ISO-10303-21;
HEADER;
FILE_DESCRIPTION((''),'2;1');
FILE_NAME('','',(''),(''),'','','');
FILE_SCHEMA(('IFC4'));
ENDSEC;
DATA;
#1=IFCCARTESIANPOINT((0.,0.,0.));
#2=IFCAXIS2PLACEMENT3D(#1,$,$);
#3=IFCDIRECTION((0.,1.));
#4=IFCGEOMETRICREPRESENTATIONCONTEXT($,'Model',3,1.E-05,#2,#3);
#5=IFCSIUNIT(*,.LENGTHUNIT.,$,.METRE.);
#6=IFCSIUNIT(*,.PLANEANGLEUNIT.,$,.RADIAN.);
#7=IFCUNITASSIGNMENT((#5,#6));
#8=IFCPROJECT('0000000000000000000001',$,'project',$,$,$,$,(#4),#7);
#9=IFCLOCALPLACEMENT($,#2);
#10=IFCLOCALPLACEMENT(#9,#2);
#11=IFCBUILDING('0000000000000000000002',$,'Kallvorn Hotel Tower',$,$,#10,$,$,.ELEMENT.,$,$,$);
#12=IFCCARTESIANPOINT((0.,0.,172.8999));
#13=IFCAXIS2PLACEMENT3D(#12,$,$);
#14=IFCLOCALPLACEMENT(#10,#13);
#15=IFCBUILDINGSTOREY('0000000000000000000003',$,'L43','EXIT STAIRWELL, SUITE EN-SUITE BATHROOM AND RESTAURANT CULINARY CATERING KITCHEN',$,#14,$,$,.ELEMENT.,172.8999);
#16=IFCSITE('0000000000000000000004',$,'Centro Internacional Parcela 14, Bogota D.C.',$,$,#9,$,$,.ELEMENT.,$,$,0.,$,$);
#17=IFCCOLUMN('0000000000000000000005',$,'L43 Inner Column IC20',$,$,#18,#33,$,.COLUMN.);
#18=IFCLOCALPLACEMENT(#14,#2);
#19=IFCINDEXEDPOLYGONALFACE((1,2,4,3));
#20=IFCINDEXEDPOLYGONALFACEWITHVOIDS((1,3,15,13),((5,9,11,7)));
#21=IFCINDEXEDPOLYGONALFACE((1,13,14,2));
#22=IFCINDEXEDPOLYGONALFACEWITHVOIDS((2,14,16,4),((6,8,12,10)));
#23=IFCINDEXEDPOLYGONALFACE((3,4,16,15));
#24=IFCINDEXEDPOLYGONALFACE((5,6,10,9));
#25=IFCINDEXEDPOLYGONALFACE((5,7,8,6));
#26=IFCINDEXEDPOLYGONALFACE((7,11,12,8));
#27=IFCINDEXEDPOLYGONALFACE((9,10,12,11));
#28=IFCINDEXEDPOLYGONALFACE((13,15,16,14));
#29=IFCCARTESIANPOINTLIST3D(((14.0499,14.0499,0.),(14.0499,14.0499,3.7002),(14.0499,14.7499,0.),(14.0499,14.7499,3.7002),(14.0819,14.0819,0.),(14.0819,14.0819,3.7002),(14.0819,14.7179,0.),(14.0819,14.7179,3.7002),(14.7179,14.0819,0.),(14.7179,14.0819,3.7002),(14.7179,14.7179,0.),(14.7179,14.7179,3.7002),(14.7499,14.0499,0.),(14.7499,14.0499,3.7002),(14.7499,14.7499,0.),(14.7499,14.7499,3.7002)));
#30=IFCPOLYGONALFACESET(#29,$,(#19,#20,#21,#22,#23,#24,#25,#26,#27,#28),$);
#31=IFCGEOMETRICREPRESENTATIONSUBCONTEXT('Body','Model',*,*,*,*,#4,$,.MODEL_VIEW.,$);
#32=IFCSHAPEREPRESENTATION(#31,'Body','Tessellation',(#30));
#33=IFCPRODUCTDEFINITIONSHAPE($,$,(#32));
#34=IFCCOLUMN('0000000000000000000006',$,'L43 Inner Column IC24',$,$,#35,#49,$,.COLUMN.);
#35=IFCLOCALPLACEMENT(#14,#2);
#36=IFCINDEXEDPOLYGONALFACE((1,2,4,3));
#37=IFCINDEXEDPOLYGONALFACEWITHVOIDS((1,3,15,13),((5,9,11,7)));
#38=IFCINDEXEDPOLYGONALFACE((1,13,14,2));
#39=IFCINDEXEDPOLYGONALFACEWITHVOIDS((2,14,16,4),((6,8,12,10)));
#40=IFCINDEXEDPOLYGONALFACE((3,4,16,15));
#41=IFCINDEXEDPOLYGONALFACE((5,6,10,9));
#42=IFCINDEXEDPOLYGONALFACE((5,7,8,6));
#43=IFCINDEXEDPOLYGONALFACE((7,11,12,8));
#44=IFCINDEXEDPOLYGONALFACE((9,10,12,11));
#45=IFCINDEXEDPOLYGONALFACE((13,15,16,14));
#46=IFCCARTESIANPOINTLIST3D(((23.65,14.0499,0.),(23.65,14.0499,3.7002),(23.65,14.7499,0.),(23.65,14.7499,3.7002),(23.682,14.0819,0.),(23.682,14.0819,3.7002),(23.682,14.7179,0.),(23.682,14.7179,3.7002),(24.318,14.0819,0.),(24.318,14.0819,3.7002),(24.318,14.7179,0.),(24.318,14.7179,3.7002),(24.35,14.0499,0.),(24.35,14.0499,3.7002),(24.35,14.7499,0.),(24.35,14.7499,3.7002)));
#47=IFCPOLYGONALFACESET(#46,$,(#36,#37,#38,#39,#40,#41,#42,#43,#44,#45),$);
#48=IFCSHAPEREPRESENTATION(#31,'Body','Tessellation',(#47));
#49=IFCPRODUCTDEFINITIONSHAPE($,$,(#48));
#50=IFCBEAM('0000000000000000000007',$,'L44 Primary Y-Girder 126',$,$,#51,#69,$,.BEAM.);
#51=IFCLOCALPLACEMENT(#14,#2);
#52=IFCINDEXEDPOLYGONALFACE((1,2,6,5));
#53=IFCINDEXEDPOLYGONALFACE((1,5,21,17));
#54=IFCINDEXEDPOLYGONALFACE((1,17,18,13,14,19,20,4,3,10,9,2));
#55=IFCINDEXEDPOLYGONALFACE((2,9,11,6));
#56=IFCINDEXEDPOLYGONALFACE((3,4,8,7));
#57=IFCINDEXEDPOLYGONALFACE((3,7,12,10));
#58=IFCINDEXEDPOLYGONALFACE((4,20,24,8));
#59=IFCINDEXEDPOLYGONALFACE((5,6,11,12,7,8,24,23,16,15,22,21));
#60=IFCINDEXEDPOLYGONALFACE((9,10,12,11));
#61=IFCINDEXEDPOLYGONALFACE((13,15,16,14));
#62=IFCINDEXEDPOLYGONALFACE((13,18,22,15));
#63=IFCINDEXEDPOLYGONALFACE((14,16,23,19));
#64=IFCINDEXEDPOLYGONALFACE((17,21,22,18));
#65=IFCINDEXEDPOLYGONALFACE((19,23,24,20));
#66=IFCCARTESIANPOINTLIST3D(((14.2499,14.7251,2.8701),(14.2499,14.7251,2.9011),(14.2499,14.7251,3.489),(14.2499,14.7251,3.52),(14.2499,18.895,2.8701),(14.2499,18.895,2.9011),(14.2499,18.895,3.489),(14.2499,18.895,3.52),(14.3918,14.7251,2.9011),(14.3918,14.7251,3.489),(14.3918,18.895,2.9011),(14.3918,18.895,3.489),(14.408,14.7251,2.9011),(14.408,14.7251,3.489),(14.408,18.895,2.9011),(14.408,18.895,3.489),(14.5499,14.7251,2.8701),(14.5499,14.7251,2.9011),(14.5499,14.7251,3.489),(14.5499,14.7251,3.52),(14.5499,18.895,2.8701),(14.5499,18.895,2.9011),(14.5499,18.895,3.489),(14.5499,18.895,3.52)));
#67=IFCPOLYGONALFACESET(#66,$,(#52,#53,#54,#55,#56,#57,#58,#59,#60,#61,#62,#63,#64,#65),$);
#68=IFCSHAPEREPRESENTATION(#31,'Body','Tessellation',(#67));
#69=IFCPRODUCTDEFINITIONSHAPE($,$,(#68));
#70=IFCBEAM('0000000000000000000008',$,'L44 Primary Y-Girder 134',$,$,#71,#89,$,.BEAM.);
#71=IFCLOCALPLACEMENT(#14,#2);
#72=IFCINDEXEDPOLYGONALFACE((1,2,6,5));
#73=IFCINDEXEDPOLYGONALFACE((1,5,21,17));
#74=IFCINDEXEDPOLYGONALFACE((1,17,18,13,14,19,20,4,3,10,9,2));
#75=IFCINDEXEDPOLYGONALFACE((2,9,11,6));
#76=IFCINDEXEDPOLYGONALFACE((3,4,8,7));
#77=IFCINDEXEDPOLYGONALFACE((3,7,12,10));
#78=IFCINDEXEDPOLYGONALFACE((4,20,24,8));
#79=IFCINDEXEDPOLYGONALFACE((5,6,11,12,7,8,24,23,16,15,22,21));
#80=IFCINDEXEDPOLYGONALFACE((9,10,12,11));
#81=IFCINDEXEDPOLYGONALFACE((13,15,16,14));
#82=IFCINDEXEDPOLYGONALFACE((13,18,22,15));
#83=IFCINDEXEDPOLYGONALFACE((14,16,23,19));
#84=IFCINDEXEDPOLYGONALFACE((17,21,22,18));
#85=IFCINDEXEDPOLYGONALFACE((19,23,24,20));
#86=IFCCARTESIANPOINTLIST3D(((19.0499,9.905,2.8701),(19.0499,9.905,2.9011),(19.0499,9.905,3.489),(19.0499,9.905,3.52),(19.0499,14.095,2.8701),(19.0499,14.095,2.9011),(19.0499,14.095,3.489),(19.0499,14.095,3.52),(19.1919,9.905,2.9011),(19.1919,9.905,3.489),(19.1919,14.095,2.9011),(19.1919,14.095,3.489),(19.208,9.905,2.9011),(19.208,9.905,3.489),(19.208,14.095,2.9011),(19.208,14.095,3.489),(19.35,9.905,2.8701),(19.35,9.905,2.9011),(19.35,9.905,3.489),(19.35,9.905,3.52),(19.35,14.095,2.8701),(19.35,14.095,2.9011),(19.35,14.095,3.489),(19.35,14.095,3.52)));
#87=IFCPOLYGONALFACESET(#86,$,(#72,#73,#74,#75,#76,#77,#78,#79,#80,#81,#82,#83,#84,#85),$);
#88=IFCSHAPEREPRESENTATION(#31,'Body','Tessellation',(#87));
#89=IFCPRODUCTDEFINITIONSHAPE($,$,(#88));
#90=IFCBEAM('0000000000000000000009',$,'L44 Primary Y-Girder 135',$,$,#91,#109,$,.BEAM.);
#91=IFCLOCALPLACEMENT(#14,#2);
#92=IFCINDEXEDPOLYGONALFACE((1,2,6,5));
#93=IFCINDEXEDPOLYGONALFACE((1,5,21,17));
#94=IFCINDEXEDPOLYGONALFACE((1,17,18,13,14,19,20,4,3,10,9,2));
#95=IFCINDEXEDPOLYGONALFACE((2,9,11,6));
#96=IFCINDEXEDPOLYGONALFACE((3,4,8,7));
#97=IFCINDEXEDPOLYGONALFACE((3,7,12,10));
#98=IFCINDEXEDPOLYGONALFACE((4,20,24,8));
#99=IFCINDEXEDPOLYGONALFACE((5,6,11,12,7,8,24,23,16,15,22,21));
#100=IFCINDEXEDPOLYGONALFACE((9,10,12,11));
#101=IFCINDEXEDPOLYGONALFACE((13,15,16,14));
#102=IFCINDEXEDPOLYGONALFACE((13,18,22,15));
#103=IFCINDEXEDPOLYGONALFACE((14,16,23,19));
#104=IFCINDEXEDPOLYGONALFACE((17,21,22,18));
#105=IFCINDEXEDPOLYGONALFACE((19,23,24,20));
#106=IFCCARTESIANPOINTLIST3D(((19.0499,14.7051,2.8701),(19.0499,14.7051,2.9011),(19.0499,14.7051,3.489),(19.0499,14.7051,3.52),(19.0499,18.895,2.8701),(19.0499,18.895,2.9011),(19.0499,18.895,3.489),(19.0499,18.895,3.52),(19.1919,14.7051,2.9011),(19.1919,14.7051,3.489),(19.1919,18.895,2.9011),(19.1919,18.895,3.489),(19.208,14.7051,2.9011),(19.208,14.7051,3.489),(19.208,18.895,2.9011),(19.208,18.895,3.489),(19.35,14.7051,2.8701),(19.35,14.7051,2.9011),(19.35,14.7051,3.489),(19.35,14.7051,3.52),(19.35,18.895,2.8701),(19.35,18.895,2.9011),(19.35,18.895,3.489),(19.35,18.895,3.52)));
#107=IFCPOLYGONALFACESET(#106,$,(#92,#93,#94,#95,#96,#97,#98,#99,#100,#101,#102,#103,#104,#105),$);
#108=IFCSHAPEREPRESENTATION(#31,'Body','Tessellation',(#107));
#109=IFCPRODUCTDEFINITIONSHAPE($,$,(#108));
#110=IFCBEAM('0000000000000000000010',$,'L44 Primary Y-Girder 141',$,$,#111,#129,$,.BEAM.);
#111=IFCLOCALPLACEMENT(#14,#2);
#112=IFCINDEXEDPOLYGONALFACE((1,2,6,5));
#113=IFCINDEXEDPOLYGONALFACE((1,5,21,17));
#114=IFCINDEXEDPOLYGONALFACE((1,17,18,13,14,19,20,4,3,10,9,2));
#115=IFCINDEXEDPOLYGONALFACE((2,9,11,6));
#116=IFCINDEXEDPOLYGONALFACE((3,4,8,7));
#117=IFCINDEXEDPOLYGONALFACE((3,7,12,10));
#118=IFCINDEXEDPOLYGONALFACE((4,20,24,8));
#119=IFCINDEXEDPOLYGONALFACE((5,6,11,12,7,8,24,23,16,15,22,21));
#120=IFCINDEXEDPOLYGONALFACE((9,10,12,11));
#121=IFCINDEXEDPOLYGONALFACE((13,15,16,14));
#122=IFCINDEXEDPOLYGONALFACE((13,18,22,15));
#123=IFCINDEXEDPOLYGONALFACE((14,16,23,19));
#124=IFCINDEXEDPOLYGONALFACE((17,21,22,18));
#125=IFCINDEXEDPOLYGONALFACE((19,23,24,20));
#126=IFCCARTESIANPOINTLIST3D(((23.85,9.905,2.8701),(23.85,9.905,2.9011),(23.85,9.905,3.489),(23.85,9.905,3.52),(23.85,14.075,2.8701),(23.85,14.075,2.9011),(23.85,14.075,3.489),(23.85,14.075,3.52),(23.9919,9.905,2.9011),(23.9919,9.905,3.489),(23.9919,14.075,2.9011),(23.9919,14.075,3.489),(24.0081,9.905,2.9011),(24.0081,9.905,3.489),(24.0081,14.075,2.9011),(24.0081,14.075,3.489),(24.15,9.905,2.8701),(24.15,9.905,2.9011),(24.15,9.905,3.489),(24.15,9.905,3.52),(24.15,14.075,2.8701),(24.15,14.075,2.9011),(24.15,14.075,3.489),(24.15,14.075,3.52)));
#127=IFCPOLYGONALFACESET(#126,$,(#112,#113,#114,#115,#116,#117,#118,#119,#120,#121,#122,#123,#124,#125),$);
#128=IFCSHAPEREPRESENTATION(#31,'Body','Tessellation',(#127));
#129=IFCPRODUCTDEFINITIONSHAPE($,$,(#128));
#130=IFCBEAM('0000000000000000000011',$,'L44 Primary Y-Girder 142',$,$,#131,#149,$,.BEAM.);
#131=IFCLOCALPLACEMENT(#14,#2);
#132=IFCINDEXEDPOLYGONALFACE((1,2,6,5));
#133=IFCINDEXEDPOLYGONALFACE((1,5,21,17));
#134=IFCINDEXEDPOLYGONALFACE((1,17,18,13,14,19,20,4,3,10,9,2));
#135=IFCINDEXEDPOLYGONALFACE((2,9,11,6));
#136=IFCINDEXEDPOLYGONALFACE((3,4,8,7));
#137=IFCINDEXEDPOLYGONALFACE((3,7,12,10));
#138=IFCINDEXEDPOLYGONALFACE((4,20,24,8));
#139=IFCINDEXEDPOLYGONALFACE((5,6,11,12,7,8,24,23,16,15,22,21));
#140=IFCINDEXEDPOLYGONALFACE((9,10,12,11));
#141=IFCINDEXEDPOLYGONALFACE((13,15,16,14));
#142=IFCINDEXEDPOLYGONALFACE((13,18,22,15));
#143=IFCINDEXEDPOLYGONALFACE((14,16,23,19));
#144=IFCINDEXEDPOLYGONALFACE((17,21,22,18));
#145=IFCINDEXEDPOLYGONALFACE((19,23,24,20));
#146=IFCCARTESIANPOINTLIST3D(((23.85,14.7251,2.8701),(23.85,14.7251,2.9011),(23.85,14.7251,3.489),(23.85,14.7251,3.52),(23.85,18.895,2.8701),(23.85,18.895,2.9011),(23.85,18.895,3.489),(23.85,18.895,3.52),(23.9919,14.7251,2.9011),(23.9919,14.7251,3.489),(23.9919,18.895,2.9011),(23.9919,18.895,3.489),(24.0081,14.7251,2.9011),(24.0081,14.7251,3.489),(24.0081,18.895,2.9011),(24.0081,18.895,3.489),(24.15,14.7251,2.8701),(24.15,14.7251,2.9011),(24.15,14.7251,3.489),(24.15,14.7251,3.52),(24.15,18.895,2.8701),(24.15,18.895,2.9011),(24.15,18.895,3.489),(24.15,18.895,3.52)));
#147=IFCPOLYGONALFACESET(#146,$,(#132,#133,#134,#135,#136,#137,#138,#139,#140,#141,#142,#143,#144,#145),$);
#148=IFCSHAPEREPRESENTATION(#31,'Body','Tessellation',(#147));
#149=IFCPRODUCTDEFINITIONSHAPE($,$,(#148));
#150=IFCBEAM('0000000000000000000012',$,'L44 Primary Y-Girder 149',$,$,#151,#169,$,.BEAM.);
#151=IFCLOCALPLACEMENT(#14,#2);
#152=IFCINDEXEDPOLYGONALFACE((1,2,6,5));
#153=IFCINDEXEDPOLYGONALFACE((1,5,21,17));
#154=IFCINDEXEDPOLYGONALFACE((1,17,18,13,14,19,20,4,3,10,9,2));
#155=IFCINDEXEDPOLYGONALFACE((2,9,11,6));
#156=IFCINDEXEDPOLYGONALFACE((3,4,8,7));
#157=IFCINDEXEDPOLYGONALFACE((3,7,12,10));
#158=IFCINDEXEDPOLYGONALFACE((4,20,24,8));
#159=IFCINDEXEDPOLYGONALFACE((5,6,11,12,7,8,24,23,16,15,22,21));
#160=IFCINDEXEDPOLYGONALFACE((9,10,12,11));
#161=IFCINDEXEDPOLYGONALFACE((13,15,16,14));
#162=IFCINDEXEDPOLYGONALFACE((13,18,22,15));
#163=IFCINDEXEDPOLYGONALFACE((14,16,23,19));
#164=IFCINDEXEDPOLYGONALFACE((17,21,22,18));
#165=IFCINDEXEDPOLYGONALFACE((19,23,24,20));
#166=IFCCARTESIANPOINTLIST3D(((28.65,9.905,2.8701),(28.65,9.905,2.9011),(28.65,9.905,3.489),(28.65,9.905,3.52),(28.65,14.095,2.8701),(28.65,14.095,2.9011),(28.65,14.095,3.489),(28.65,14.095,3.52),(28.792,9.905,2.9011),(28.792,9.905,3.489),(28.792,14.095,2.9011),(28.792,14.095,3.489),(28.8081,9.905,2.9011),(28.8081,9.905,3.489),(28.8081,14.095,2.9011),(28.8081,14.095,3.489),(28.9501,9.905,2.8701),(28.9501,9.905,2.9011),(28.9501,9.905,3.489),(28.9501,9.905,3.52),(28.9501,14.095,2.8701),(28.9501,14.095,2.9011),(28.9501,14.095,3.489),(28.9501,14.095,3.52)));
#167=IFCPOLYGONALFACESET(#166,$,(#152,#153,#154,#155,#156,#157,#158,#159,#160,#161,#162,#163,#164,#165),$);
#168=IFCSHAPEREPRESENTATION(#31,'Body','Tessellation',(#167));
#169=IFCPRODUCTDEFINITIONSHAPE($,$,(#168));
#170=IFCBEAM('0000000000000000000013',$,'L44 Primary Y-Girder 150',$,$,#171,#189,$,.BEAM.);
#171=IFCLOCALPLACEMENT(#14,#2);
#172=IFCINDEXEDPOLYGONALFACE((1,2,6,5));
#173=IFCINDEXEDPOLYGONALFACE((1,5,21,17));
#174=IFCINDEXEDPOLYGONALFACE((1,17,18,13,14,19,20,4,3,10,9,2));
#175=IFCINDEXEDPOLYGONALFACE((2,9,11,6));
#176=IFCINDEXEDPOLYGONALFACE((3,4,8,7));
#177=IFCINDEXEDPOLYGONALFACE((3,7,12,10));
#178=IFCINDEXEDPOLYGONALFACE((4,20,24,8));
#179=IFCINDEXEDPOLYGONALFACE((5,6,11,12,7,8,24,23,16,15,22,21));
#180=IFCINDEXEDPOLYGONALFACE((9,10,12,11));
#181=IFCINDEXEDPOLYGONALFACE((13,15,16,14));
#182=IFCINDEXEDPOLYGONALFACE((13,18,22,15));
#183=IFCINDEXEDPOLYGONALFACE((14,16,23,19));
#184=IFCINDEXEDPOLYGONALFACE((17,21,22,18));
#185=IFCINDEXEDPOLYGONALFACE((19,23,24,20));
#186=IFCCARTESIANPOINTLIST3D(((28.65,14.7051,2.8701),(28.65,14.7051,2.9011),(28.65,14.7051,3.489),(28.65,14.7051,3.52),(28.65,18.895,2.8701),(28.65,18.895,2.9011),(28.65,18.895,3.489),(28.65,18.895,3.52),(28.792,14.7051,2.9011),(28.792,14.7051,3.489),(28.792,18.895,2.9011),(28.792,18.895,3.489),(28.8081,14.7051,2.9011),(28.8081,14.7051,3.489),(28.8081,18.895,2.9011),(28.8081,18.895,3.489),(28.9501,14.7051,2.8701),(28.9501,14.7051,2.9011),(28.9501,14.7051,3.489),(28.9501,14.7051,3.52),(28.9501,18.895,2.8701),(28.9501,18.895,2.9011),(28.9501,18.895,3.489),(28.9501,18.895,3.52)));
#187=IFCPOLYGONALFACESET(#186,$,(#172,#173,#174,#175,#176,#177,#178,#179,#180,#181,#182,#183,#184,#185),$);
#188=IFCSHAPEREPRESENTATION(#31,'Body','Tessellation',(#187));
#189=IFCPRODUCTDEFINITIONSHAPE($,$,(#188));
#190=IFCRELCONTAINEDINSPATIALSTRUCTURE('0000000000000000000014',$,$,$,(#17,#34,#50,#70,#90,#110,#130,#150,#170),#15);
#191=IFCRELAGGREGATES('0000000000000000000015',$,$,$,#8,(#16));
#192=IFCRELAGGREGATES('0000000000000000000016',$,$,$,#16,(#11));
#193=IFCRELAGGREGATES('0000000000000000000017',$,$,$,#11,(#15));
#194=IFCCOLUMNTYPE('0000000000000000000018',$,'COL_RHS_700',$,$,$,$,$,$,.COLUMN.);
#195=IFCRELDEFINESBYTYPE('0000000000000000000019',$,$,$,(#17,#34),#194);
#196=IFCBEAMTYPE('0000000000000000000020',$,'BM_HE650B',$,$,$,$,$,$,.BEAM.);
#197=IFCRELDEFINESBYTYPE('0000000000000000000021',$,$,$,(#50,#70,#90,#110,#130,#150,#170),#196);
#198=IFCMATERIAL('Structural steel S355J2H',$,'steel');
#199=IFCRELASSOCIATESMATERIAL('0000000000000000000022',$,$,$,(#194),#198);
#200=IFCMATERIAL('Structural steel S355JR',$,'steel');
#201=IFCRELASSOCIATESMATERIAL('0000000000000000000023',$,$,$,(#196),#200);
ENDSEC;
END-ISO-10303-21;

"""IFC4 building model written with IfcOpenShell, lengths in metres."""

from ifc_helpers import new_model, si_unit, direction, frame, origin, origin_2d, place, context, subcontext, project, spatial, hollow_rectangle, i_section, extrude, material, material_profile, profile_set, type_object, element, save


model = new_model("IFC4")

# Units and contexts
model_context = context("Model", 3, precision=1e-05, world=origin(), true_north=direction((0.0, 1.0)))
body_context = subcontext(model_context, "Body", "Model", "MODEL_VIEW")
ifc_project = project(units=[si_unit("LENGTHUNIT", "METRE"), si_unit("PLANEANGLEUNIT", "RADIAN")], contexts=[model_context])

# Site, building, storey
site_placement = place(None, origin())
site = spatial("IfcSite", under=ifc_project, at=site_placement, Name="Centro Internacional Parcela 14, Bogota D.C.", CompositionType="ELEMENT", RefElevation=0.0)
building_placement = place(site_placement, origin())
building = spatial("IfcBuilding", under=site, at=building_placement, Name="Kallvorn Hotel Tower", CompositionType="ELEMENT")
storey_placement = place(building_placement, frame((0.0, 0.0, 172.8999)))
storey = spatial("IfcBuildingStorey", under=building, at=storey_placement, Name="L43", Description="EXIT STAIRWELL, SUITE EN-SUITE BATHROOM AND RESTAURANT CULINARY CATERING KITCHEN", CompositionType="ELEMENT", Elevation=172.8999)

# Columns
ifc_material_1 = material(Name="Structural steel S355J2H", Category="steel")
ifc_material_profile_1 = material_profile(ifc_material_1, hollow_rectangle(XDim=0.7, YDim=0.7, WallThickness=0.032, at=origin_2d()), Name="RHS 700x700x32")
ifc_profile_set_1 = profile_set([ifc_material_profile_1], Name="Structural steel S355J2H")
column_type_1 = type_object("IfcColumnType", Name="COL_RHS_700", PredefinedType="COLUMN", material=ifc_profile_set_1)
for number, where, z_axis, x_axis, name in (
    (1, (14.3999, 14.3999, 0.0), (0.0, 0.0, 1.0), (1.0, 0.0, 0.0), "L43 Inner Column IC20"),
    (2, (24.0, 14.3999, 0.0), (0.0, 0.0, 1.0), (1.0, 0.0, 0.0), "L43 Inner Column IC24"),
):
    element("IfcColumn", number, at=place(storey_placement, frame(where, z_axis=z_axis, x_axis=x_axis)), inside=storey, type_object=column_type_1, Name=name, PredefinedType="COLUMN", context=body_context, shape_type="SweptSolid", body=[
        extrude(hollow_rectangle(XDim=0.7, YDim=0.7, WallThickness=0.032, at=origin_2d()), origin(), (0.0, 0.0, 1.0), 3.7002),
    ])

# Beams
ifc_material_2 = material(Name="Structural steel S355JR", Category="steel")
ifc_material_profile_2 = material_profile(ifc_material_2, i_section(OverallWidth=0.3, OverallDepth=0.6499, WebThickness=0.0161, FlangeThickness=0.031, at=origin_2d()), Name="HE 650 B")
ifc_profile_set_2 = profile_set([ifc_material_profile_2], Name="Structural steel S355JR")
beam_type_1 = type_object("IfcBeamType", Name="BM_HE650B", PredefinedType="BEAM", material=ifc_profile_set_2)
beam_1_placement = place(storey_placement, frame((14.3999, 14.7251, 3.1951), z_axis=(0.0, 1.0, 0.0), x_axis=(-1.0, 0.0, 0.0)))
element("IfcBeam", 3, at=beam_1_placement, inside=storey, type_object=beam_type_1, Name="L44 Primary Y-Girder 126", PredefinedType="BEAM", context=body_context, shape_type="SweptSolid", body=[
    extrude(i_section(OverallWidth=0.3, OverallDepth=0.6499, WebThickness=0.0161, FlangeThickness=0.031, at=origin_2d()), origin(), (0.0, 0.0, 1.0), 4.1699),
])
for number, where, z_axis, x_axis, name in (
    (4, (19.2, 9.905, 3.1951), (0.0, 1.0, 0.0), (-1.0, 0.0, 0.0), "L44 Primary Y-Girder 134"),
    (5, (19.2, 14.7051, 3.1951), (0.0, 1.0, 0.0), (-1.0, 0.0, 0.0), "L44 Primary Y-Girder 135"),
):
    element("IfcBeam", number, at=place(storey_placement, frame(where, z_axis=z_axis, x_axis=x_axis)), inside=storey, type_object=beam_type_1, Name=name, PredefinedType="BEAM", context=body_context, shape_type="SweptSolid", body=[
        extrude(i_section(OverallWidth=0.3, OverallDepth=0.6499, WebThickness=0.0161, FlangeThickness=0.031, at=origin_2d()), origin(), (0.0, 0.0, 1.0), 4.1899),
    ])
for number, where, z_axis, x_axis, name in (
    (6, (24.0, 9.905, 3.1951), (0.0, 1.0, 0.0), (-1.0, 0.0, 0.0), "L44 Primary Y-Girder 141"),
    (7, (24.0, 14.7251, 3.1951), (0.0, 1.0, 0.0), (-1.0, 0.0, 0.0), "L44 Primary Y-Girder 142"),
):
    element("IfcBeam", number, at=place(storey_placement, frame(where, z_axis=z_axis, x_axis=x_axis)), inside=storey, type_object=beam_type_1, Name=name, PredefinedType="BEAM", context=body_context, shape_type="SweptSolid", body=[
        extrude(i_section(OverallWidth=0.3, OverallDepth=0.6499, WebThickness=0.0161, FlangeThickness=0.031, at=origin_2d()), origin(), (0.0, 0.0, 1.0), 4.1699),
    ])
for number, where, z_axis, x_axis, name in (
    (8, (28.8, 9.905, 3.1951), (0.0, 1.0, 0.0), (-1.0, 0.0, 0.0), "L44 Primary Y-Girder 149"),
    (9, (28.8, 14.7051, 3.1951), (0.0, 1.0, 0.0), (-1.0, 0.0, 0.0), "L44 Primary Y-Girder 150"),
):
    element("IfcBeam", number, at=place(storey_placement, frame(where, z_axis=z_axis, x_axis=x_axis)), inside=storey, type_object=beam_type_1, Name=name, PredefinedType="BEAM", context=body_context, shape_type="SweptSolid", body=[
        extrude(i_section(OverallWidth=0.3, OverallDepth=0.6499, WebThickness=0.0161, FlangeThickness=0.031, at=origin_2d()), origin(), (0.0, 0.0, 1.0), 4.1899),
    ])

save(model, "model.ifc")
